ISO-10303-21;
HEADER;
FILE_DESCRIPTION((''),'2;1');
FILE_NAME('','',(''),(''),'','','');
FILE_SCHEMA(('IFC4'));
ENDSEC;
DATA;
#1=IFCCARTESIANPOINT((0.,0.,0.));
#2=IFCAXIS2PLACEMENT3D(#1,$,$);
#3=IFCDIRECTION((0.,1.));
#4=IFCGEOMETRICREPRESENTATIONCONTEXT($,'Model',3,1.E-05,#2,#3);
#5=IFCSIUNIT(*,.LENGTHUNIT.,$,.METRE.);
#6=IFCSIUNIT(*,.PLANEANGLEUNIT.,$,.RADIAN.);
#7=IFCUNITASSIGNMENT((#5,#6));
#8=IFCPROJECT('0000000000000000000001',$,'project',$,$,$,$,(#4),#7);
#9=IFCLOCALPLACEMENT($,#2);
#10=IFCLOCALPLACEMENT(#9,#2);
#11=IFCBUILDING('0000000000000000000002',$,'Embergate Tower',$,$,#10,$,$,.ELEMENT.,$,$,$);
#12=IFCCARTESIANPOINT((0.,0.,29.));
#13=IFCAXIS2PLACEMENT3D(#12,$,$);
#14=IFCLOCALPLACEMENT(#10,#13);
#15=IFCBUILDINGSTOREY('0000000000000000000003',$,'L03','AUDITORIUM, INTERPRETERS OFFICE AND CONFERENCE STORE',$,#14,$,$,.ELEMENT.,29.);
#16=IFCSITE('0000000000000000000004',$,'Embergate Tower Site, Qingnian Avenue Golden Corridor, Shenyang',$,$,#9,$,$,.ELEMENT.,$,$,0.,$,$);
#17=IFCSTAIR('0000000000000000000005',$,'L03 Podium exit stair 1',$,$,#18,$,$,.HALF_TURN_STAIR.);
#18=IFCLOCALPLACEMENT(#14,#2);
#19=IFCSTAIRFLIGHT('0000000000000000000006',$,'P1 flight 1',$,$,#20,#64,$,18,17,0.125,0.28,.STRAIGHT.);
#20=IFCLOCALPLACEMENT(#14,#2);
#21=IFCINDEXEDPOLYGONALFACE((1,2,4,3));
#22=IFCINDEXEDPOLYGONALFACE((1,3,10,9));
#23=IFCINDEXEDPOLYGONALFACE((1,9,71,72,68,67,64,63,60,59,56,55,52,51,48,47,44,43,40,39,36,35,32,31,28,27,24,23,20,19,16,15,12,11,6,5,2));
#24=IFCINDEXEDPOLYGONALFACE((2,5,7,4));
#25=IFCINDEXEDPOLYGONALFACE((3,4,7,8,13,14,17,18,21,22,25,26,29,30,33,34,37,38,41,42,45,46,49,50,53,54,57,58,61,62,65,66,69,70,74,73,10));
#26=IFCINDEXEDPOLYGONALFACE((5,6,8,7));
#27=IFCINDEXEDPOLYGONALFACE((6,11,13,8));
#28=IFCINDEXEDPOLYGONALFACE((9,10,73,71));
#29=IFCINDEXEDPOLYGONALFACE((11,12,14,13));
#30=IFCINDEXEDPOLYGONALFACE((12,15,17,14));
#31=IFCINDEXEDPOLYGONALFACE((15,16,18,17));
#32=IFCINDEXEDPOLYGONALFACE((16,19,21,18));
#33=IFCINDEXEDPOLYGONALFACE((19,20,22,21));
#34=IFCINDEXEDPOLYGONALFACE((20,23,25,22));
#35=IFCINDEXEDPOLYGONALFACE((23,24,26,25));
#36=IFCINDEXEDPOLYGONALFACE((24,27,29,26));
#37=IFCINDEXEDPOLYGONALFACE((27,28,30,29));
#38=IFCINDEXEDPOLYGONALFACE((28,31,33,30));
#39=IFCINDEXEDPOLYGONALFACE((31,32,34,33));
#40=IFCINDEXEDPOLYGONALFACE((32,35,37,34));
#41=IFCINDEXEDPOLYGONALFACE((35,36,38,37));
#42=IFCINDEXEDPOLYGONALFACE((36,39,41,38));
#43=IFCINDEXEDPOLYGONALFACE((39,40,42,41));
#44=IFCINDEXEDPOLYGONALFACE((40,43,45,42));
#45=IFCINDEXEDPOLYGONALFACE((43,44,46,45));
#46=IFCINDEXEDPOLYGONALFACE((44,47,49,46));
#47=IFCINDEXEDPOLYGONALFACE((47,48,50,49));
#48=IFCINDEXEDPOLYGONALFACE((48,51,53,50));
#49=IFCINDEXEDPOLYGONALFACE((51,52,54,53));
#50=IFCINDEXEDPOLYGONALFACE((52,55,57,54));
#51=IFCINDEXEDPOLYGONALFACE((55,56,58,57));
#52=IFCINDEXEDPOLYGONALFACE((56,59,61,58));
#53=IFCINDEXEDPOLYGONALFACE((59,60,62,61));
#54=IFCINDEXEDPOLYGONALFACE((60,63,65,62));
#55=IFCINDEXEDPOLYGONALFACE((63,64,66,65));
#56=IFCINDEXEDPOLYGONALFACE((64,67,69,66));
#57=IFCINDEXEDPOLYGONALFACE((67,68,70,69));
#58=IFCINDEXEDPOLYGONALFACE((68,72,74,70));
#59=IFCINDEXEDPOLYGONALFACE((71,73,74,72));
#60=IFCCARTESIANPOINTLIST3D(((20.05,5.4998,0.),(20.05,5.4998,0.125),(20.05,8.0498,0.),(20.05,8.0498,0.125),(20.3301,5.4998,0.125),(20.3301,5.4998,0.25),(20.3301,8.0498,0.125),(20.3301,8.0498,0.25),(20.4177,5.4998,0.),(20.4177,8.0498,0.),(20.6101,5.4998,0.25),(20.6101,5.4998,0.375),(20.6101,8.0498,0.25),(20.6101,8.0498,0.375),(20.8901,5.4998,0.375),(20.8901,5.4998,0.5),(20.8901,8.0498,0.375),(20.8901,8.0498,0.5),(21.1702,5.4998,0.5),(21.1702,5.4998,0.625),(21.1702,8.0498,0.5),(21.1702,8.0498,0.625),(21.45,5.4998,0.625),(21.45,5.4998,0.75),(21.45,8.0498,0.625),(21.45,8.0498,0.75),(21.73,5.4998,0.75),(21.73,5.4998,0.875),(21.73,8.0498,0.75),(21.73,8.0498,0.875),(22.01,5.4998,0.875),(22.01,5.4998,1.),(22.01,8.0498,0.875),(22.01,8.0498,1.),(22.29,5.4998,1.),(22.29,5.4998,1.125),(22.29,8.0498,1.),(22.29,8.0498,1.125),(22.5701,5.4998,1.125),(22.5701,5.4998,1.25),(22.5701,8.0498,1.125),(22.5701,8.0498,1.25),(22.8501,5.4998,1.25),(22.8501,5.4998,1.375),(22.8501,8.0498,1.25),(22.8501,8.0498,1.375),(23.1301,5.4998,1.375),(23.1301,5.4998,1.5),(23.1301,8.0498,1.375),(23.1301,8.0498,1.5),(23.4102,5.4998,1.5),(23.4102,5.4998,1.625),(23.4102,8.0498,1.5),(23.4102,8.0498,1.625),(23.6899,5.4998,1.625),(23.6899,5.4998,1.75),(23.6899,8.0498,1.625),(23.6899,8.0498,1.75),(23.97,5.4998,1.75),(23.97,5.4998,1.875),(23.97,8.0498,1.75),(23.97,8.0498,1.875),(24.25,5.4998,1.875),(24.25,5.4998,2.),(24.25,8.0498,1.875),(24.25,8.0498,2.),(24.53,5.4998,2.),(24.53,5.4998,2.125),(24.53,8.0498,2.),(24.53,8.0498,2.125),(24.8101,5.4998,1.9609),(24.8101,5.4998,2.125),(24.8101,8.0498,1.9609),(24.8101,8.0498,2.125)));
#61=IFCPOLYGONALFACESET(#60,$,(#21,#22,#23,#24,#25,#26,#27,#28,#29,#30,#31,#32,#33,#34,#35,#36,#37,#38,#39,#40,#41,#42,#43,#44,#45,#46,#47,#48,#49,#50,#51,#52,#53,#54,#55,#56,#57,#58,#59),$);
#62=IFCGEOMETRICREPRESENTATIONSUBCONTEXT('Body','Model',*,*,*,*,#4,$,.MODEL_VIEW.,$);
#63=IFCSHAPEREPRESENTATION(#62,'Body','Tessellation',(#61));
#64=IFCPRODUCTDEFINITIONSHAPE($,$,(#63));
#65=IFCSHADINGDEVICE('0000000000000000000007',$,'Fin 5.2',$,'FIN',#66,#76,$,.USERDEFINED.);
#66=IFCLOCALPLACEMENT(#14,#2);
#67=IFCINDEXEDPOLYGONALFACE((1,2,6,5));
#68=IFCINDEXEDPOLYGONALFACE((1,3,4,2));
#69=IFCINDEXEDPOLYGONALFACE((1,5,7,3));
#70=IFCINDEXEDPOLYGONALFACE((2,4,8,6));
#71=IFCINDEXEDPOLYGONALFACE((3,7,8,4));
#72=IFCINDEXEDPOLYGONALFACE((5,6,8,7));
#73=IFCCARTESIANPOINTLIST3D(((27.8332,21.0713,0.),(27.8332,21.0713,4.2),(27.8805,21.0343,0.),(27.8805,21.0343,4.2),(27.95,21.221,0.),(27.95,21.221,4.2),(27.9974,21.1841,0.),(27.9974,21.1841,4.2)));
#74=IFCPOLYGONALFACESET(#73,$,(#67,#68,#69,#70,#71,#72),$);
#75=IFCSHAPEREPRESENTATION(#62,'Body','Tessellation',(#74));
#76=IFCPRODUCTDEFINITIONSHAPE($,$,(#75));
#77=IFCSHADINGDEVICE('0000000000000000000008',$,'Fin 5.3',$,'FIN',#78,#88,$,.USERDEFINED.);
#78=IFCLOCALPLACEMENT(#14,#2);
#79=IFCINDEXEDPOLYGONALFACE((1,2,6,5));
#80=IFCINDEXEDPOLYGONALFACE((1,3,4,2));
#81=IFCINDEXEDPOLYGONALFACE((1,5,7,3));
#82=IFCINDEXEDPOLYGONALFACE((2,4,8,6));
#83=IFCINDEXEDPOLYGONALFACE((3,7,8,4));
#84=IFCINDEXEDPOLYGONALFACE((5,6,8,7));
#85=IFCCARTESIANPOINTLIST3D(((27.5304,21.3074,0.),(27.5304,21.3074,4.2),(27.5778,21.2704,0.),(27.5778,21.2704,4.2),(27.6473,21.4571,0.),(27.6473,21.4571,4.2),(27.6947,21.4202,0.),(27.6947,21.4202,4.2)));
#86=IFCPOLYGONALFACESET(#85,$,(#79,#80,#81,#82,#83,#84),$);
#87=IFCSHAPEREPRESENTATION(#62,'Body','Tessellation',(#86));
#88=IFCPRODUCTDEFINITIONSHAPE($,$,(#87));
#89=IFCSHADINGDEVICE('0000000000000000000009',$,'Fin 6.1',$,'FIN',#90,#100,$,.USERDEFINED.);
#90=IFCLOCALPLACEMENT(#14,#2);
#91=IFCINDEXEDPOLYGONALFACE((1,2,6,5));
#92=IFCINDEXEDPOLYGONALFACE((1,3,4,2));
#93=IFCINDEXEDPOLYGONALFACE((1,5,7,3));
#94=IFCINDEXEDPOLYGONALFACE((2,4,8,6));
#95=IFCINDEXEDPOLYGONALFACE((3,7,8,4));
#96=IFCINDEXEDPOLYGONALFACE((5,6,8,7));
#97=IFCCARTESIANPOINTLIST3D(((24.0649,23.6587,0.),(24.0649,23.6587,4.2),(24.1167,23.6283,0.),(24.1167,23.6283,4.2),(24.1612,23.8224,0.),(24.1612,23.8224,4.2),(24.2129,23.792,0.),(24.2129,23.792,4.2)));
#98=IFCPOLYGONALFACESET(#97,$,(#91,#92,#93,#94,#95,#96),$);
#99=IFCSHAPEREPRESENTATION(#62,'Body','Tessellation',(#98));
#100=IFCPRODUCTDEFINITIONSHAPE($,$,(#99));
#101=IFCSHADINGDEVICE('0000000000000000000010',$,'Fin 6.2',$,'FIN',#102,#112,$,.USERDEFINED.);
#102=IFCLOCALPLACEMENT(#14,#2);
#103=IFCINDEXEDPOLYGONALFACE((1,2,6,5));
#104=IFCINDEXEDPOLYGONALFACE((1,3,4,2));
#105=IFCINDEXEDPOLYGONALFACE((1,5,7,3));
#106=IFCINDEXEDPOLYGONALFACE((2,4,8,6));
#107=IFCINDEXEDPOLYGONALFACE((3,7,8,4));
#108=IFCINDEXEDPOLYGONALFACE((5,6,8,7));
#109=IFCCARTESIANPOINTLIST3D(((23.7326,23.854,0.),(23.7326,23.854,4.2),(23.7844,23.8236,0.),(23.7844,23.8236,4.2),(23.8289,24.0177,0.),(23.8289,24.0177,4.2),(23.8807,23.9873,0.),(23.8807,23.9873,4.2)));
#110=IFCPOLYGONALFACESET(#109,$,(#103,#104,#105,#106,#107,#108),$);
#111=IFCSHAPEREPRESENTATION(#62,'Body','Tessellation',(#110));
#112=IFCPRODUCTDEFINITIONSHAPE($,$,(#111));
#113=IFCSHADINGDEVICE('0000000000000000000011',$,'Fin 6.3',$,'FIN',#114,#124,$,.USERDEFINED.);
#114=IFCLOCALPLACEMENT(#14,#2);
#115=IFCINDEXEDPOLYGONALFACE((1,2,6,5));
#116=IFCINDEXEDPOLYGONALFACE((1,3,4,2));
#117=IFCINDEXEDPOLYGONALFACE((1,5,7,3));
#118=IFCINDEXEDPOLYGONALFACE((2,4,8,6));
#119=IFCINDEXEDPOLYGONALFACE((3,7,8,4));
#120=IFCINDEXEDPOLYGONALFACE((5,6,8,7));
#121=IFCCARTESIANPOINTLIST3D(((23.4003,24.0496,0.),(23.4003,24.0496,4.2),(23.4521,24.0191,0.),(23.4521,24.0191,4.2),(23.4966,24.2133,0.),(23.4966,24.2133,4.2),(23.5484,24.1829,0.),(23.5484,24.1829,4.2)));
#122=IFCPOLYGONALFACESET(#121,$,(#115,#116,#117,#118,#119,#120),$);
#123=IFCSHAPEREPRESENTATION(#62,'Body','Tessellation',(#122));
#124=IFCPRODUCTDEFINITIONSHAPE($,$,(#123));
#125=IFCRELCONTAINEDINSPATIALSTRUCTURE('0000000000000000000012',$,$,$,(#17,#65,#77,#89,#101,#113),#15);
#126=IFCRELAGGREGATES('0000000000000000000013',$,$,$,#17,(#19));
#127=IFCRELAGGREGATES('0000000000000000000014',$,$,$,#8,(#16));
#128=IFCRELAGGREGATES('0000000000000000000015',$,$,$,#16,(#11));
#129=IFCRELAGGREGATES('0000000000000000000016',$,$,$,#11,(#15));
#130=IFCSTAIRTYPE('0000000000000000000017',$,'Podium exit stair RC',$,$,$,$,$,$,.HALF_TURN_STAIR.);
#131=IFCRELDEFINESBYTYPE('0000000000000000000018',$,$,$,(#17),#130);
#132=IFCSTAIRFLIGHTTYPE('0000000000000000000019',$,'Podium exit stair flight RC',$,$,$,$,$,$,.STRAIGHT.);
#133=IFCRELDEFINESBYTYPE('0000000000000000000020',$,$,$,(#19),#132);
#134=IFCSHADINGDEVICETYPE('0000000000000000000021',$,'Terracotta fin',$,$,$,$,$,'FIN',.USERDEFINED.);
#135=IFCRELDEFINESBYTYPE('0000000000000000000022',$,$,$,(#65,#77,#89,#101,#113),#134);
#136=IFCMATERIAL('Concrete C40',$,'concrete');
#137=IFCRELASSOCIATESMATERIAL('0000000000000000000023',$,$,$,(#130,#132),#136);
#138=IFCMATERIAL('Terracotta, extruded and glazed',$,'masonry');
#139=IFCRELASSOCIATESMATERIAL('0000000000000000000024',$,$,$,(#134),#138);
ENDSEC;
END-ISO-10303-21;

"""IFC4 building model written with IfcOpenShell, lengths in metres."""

from ifc_helpers import new_model, si_unit, direction, frame, origin, origin_2d, place, context, subcontext, project, spatial, polyline, rectangle, outline, extrude, source, transform, mapped, material, material_profile, profile_set, type_object, element, aggregate, save


model = new_model("IFC4")

# Units and contexts
model_context = context("Model", 3, precision=1e-05, world=origin(), true_north=direction((0.0, 1.0)))
body_context = subcontext(model_context, "Body", "Model", "MODEL_VIEW")
ifc_project = project(units=[si_unit("LENGTHUNIT", "METRE"), si_unit("PLANEANGLEUNIT", "RADIAN")], contexts=[model_context])

# Site, building, storey
site_placement = place(None, origin())
site = spatial("IfcSite", under=ifc_project, at=site_placement, Name="Embergate Tower Site, Qingnian Avenue Golden Corridor, Shenyang", CompositionType="ELEMENT", RefElevation=0.0)
building_placement = place(site_placement, origin())
building = spatial("IfcBuilding", under=site, at=building_placement, Name="Embergate Tower", CompositionType="ELEMENT")
storey_placement = place(building_placement, frame((0.0, 0.0, 29.0)))
storey = spatial("IfcBuildingStorey", under=building, at=storey_placement, Name="L03", Description="AUDITORIUM, INTERPRETERS OFFICE AND CONFERENCE STORE", CompositionType="ELEMENT", Elevation=29.0)

# Stair, stair flight
ifc_material_1 = material(Name="Concrete C40", Category="concrete")
stair_type = type_object("IfcStairType", Name="Podium exit stair RC", PredefinedType="HALF_TURN_STAIR", material=ifc_material_1)
stair_placement = place(storey_placement, origin())
stair = element("IfcStair", 1, at=stair_placement, inside=storey, type_object=stair_type, Name="L03 Podium exit stair 1", PredefinedType="HALF_TURN_STAIR")
stair_flight_type = type_object("IfcStairFlightType", Name="Podium exit stair flight RC", PredefinedType="STRAIGHT", material=ifc_material_1)
shared_shape_1 = source(origin(), body_context, "Body", "SweptSolid", [
    extrude(outline(polyline([(0.0, 0.0), (0.0, 0.125), (0.28, 0.125), (0.28, 0.25), (0.5601, 0.25), (0.5601, 0.375), (0.8401, 0.375), (0.8401, 0.5), (1.1201, 0.5), (1.1201, 0.625), (1.3999, 0.625), (1.3999, 0.75), (1.6799, 0.75), (1.6799, 0.875), (1.96, 0.875), (1.96, 1.0), (2.24, 1.0), (2.24, 1.125), (2.52, 1.125), (2.52, 1.25), (2.8, 1.25), (2.8, 1.375), (3.0801, 1.375), (3.0801, 1.5), (3.3601, 1.5), (3.3601, 1.625), (3.6399, 1.625), (3.6399, 1.75), (3.9199, 1.75), (3.9199, 1.875), (4.2, 1.875), (4.2, 2.0), (4.48, 2.0), (4.48, 2.125), (4.76, 2.125), (4.76, 2.25), (4.76, 1.9609), (0.3677, 0.0), (0.0, 0.0)])), frame((0.0, 1.2749, 0.0), z_axis=(0.0, -1.0, 0.0), x_axis=(1.0, 0.0, 0.0)), (0.0, 0.0, 1.0), 2.55),
])
stair_flight_placement = place(storey_placement, frame((20.05, 6.7749, 0.0), z_axis=(0.0, 0.0, 1.0), x_axis=(1.0, 0.0, 0.0)))
stair_flight = element("IfcStairFlight", 2, at=stair_flight_placement, type_object=stair_flight_type, Name="P1 flight 1", NumberOfRisers=18, NumberOfTreads=17, PredefinedType="STRAIGHT", RiserHeight=0.125, TreadLength=0.28, context=body_context, shape_type="MappedRepresentation", body=[
    mapped(shared_shape_1, transform((0.0, 0.0, 0.0))),
])
aggregate(stair, [stair_flight])

# Shading devices
ifc_material_2 = material(Name="Terracotta, extruded and glazed", Category="masonry")
ifc_material_profile_1 = material_profile(ifc_material_2, rectangle(XDim=0.1899, YDim=0.0601, at=origin_2d()), Name="TC 190x60")
ifc_profile_set_1 = profile_set([ifc_material_profile_1], Name="Terracotta, extruded and glazed")
shading_device_type = type_object("IfcShadingDeviceType", Name="Terracotta fin", ElementType="FIN", PredefinedType="USERDEFINED", material=ifc_profile_set_1)
shared_shape_2 = source(origin(), body_context, "Body", "SweptSolid", [
    extrude(rectangle(XDim=0.1899, YDim=0.0601, at=origin_2d()), origin(), (0.0, 0.0, 1.0), 4.2),
])
for number, where, z_axis, x_axis, name in (
    (3, (27.9153, 21.1277, 0.0), (0.0, 0.0, 1.0), (-0.615275, -0.788313, 0.0), "Fin 5.2"),
    (4, (27.6125, 21.3638, 0.0), (0.0, 0.0, 1.0), (-0.615275, -0.788313, 0.0), "Fin 5.3"),
    (5, (24.1389, 23.7253, 0.0), (0.0, 0.0, 1.0), (-0.506828, -0.862047, 0.0), "Fin 6.1"),
    (6, (23.8066, 23.9207, 0.0), (0.0, 0.0, 1.0), (-0.506828, -0.862047, 0.0), "Fin 6.2"),
    (7, (23.4744, 24.1162, 0.0), (0.0, 0.0, 1.0), (-0.506828, -0.862047, 0.0), "Fin 6.3"),
):
    element("IfcShadingDevice", number, at=place(storey_placement, frame(where, z_axis=z_axis, x_axis=x_axis)), inside=storey, type_object=shading_device_type, Name=name, ObjectType="FIN", PredefinedType="USERDEFINED", context=body_context, shape_type="MappedRepresentation", body=[
        mapped(shared_shape_2, transform((0.0, 0.0, 0.0))),
    ])

save(model, "model.ifc")
